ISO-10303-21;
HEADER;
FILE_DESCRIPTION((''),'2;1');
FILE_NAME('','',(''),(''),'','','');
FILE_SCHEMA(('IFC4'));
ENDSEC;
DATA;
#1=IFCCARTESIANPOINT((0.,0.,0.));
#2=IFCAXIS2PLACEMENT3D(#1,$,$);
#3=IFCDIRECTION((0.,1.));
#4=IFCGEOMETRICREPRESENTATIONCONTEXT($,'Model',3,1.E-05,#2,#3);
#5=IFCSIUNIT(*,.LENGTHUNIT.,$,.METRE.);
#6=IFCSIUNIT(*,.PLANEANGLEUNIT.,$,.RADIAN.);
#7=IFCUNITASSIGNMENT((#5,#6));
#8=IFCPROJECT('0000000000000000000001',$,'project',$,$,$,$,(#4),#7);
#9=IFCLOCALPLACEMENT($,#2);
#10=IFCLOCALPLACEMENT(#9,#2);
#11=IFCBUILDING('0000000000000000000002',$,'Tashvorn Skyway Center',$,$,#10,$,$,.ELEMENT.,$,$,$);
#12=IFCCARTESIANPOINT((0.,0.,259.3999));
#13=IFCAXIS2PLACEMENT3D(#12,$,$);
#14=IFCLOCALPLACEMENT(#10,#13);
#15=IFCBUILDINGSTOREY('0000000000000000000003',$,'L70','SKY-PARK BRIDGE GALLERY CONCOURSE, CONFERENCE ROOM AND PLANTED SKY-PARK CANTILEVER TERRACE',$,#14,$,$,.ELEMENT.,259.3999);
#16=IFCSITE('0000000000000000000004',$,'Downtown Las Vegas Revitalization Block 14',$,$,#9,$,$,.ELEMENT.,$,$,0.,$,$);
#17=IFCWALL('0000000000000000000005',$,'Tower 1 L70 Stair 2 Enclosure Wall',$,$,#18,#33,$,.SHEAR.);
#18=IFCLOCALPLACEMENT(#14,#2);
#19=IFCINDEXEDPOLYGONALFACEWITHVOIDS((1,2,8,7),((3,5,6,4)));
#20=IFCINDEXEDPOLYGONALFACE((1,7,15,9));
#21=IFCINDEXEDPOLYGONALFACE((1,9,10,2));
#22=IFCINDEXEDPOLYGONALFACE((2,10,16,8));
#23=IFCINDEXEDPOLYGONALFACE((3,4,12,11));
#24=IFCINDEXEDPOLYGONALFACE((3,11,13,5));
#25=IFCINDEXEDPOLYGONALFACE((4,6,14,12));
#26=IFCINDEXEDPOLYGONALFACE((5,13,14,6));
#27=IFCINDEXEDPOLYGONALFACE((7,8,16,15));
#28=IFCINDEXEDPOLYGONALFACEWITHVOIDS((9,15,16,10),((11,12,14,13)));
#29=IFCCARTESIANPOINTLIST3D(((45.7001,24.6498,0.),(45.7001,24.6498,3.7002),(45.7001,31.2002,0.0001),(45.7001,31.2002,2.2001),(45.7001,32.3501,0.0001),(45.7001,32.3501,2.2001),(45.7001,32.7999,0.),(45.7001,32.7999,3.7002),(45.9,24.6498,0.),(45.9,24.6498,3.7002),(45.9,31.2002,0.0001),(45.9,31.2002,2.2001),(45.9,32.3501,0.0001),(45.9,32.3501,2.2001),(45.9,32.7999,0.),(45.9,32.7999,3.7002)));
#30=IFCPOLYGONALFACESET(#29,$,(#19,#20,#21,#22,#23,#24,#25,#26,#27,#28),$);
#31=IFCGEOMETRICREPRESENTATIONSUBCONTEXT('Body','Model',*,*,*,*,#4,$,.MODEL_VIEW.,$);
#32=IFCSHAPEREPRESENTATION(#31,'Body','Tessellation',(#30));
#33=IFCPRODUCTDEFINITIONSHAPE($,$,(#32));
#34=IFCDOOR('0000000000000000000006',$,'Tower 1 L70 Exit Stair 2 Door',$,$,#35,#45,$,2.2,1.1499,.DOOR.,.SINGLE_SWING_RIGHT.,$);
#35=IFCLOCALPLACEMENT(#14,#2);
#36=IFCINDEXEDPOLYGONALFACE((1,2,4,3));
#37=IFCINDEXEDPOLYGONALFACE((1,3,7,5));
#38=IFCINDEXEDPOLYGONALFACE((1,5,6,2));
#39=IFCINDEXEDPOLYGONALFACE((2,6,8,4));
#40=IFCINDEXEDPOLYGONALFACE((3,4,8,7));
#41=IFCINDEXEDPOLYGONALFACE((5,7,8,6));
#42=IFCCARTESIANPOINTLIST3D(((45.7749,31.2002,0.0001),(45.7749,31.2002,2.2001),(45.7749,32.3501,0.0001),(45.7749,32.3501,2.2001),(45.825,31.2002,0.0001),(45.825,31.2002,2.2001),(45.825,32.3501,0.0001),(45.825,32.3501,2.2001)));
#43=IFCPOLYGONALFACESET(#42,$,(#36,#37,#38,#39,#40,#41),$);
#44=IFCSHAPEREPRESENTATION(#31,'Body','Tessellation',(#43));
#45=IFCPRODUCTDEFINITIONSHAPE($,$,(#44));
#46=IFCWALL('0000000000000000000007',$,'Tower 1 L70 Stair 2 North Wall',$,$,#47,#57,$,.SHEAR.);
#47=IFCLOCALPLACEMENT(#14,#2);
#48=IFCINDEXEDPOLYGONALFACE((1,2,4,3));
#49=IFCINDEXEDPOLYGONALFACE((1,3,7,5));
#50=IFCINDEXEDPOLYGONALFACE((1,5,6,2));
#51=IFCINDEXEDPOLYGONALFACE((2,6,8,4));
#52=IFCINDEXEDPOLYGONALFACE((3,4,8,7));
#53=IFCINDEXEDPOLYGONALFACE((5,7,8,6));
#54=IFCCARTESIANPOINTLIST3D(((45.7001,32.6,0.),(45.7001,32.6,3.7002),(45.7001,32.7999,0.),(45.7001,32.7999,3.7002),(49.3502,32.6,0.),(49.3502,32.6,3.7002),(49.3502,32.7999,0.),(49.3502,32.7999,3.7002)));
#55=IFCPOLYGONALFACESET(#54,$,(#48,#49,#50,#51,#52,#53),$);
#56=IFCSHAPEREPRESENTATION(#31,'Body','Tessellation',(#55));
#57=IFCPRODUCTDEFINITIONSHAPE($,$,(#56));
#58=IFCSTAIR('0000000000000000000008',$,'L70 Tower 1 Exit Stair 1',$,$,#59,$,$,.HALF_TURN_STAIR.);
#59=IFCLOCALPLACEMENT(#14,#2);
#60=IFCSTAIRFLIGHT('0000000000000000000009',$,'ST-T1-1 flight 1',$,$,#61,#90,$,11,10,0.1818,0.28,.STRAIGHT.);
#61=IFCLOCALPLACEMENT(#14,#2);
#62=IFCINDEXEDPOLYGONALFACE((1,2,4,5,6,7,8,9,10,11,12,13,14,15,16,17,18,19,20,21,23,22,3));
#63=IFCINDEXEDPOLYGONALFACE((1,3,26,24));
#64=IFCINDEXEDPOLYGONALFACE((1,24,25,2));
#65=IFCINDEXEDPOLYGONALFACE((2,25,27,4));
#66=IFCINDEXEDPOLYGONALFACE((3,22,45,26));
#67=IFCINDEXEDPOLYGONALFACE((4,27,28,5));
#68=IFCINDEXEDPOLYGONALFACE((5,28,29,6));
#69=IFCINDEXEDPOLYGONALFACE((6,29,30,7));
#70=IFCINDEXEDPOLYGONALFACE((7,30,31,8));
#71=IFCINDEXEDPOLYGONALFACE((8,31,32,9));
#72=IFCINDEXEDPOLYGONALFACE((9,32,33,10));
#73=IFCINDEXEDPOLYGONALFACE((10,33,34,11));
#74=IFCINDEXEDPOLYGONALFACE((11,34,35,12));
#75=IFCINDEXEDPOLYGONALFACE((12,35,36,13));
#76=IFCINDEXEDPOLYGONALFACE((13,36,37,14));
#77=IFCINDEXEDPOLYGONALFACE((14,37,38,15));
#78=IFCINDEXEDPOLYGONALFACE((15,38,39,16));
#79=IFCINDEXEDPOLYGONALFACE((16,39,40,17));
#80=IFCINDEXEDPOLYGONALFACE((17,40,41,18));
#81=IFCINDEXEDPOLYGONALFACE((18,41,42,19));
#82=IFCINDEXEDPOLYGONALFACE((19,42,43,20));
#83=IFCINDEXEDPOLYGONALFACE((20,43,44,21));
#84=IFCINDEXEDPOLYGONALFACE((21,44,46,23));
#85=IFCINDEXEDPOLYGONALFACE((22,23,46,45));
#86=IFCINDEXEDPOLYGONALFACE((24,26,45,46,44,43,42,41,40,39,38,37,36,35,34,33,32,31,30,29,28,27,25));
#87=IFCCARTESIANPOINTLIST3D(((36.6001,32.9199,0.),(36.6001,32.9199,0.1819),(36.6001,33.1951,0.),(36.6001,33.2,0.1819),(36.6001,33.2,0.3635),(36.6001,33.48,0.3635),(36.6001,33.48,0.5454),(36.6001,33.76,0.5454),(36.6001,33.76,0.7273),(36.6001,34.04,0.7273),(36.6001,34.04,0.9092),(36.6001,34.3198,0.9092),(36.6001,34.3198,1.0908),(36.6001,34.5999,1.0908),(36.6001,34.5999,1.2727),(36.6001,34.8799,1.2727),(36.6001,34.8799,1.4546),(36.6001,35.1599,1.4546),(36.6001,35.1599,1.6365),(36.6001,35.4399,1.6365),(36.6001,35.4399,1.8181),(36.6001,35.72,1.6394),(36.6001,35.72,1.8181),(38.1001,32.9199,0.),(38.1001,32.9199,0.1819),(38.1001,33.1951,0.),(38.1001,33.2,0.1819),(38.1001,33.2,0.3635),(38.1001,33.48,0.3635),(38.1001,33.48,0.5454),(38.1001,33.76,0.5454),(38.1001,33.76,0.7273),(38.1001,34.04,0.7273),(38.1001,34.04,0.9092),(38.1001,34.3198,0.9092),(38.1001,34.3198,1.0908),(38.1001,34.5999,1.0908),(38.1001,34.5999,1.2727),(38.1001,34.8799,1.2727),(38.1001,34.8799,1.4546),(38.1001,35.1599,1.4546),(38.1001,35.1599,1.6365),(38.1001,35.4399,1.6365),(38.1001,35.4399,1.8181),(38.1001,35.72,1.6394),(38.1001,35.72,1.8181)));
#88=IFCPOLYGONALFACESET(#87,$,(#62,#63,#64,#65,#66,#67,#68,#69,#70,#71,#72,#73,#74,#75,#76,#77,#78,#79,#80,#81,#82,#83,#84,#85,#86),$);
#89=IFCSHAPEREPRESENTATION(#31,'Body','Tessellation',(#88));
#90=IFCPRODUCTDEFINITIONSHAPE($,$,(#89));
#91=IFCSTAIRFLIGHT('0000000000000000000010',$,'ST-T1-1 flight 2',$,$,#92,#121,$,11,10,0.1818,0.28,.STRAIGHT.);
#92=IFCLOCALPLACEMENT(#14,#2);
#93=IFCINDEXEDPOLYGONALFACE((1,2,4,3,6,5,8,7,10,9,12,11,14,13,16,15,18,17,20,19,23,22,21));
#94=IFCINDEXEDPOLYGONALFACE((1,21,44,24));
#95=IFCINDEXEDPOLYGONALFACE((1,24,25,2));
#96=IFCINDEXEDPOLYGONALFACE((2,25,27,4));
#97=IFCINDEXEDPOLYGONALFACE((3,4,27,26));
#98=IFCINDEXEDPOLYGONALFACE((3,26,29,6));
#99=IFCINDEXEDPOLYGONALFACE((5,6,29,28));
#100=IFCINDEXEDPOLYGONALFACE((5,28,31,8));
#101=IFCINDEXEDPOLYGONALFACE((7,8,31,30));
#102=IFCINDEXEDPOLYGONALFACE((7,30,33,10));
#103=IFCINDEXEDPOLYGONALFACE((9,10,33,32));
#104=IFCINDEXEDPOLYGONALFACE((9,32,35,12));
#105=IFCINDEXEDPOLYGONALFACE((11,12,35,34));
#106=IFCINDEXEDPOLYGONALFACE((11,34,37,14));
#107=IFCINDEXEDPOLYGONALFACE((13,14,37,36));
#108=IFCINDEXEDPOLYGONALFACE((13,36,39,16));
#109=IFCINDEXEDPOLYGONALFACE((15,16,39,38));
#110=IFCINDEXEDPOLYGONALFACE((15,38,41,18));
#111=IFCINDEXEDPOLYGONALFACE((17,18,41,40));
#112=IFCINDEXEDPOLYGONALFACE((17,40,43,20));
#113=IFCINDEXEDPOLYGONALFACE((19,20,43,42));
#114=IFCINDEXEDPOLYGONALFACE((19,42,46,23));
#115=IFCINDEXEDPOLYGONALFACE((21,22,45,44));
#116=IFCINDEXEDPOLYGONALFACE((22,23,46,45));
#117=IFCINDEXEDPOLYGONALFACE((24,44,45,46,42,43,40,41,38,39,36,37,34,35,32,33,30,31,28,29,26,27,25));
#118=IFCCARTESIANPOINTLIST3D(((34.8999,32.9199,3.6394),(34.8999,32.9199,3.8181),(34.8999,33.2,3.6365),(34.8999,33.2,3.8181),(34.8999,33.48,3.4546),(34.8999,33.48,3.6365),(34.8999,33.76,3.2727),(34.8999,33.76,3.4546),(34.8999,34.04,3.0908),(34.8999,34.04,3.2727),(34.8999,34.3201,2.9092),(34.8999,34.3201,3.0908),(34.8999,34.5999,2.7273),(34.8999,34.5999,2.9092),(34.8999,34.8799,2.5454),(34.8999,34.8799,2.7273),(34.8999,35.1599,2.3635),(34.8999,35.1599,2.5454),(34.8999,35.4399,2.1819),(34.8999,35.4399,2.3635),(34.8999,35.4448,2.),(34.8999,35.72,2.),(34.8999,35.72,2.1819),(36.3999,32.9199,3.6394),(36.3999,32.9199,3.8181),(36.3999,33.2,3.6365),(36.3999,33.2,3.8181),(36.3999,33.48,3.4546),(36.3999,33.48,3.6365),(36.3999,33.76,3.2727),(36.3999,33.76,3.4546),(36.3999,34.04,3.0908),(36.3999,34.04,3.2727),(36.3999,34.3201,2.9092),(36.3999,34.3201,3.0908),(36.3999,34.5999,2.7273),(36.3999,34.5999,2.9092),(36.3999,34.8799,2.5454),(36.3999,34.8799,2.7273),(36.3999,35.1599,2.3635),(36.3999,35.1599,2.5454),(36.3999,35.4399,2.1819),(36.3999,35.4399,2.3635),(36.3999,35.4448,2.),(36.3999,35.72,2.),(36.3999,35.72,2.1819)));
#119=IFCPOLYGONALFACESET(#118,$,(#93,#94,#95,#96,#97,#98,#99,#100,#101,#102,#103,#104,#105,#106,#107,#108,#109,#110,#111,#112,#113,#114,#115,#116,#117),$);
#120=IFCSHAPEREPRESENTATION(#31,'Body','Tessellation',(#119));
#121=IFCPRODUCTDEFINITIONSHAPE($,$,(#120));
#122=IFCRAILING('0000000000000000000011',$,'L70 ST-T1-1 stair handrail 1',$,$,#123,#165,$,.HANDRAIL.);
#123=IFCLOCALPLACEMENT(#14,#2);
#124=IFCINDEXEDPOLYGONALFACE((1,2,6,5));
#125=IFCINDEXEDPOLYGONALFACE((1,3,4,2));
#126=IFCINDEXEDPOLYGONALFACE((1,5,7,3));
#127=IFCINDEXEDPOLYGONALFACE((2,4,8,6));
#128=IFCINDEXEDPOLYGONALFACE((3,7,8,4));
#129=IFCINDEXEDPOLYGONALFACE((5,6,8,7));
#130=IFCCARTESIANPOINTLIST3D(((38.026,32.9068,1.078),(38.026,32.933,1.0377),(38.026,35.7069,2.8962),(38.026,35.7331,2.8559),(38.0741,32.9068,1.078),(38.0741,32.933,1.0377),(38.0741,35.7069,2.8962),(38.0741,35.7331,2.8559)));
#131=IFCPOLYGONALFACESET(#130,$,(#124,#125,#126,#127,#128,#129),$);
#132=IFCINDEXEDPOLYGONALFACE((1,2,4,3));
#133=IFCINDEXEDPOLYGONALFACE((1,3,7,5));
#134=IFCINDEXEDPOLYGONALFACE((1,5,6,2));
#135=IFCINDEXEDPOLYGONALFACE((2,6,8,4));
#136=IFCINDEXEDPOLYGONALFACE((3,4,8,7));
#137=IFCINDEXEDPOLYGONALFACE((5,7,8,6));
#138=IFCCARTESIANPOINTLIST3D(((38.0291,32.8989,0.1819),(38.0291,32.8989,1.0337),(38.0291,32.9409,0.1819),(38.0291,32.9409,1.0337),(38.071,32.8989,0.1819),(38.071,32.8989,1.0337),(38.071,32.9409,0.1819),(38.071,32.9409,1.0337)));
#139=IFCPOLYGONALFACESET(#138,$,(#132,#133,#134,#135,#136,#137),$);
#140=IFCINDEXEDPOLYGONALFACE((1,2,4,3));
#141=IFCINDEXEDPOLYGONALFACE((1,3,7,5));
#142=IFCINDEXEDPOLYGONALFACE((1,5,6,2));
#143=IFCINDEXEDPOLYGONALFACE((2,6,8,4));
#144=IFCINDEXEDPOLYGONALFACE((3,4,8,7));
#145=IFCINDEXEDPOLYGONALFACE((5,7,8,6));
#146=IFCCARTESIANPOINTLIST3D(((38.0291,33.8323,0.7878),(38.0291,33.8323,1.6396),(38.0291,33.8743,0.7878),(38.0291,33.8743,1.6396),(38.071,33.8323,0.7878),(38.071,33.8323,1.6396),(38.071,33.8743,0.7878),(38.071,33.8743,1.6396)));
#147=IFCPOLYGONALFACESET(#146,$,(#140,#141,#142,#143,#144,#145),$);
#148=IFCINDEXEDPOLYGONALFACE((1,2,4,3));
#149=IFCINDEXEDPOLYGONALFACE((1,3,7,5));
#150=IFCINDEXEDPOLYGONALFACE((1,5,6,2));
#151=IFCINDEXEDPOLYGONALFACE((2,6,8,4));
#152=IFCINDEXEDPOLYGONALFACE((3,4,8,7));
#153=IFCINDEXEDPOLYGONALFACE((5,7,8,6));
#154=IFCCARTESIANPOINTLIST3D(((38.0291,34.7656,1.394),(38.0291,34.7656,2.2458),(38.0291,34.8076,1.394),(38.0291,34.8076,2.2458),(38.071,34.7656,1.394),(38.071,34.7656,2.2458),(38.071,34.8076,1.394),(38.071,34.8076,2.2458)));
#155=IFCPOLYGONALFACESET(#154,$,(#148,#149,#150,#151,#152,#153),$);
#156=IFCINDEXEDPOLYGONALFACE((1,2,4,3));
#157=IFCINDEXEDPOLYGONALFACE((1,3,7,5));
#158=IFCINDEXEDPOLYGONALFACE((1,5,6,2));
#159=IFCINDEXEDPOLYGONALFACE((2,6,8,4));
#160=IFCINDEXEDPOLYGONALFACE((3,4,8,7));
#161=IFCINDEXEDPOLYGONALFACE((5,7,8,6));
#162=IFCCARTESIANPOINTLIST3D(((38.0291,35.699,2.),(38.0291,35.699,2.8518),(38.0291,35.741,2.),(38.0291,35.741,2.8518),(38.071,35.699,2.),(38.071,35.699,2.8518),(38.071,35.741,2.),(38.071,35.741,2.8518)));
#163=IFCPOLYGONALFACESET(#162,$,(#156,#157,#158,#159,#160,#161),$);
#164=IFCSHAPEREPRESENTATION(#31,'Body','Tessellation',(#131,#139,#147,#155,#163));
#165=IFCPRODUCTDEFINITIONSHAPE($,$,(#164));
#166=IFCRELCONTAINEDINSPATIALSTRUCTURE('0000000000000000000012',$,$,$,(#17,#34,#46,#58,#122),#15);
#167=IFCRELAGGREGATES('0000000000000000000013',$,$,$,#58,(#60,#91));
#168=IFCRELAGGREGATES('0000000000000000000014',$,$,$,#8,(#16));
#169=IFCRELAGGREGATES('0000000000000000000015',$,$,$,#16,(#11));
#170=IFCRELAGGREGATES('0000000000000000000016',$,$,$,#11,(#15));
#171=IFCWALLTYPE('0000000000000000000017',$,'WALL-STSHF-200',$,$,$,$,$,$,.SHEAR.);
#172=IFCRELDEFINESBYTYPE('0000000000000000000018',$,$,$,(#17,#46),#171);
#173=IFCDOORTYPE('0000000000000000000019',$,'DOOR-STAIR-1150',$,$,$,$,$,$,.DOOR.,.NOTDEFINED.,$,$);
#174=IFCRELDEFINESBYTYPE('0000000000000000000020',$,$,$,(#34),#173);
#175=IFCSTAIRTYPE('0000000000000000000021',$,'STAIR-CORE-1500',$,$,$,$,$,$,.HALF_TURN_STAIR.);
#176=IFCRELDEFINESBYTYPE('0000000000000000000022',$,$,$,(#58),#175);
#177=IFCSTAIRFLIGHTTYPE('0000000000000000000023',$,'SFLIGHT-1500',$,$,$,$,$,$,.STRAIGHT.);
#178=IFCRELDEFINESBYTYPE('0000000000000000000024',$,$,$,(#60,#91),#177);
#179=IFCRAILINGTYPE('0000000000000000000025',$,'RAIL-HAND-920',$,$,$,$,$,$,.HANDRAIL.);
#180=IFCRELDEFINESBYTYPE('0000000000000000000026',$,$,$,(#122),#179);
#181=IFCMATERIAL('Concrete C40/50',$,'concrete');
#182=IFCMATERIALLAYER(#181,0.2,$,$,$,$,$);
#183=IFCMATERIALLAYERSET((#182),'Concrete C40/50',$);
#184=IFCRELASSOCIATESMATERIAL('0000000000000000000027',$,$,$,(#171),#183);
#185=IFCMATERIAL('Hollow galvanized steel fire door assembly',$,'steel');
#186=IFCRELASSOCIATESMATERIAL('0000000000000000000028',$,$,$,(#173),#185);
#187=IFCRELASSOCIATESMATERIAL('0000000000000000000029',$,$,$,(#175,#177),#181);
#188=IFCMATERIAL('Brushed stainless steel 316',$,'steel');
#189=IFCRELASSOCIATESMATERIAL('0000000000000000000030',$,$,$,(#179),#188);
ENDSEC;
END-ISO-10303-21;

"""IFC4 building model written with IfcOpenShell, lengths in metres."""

from ifc_helpers import new_model, si_unit, direction, frame, frame_2d, origin, origin_2d, place, context, subcontext, project, spatial, polyline, rectangle, outline, extrude, material, layer, layer_set, type_object, element, fill, aggregate, save


model = new_model("IFC4")

# Units and contexts
model_context = context("Model", 3, precision=1e-05, world=origin(), true_north=direction((0.0, 1.0)))
body_context = subcontext(model_context, "Body", "Model", "MODEL_VIEW")
ifc_project = project(units=[si_unit("LENGTHUNIT", "METRE"), si_unit("PLANEANGLEUNIT", "RADIAN")], contexts=[model_context])

# Site, building, storey
site_placement = place(None, origin())
site = spatial("IfcSite", under=ifc_project, at=site_placement, Name="Downtown Las Vegas Revitalization Block 14", CompositionType="ELEMENT", RefElevation=0.0)
building_placement = place(site_placement, origin())
building = spatial("IfcBuilding", under=site, at=building_placement, Name="Tashvorn Skyway Center", CompositionType="ELEMENT")
storey_placement = place(building_placement, frame((0.0, 0.0, 259.3999)))
storey = spatial("IfcBuildingStorey", under=building, at=storey_placement, Name="L70", Description="SKY-PARK BRIDGE GALLERY CONCOURSE, CONFERENCE ROOM AND PLANTED SKY-PARK CANTILEVER TERRACE", CompositionType="ELEMENT", Elevation=259.3999)

# Shared definitions
ifc_material_1 = material(Name="Concrete C40/50", Category="concrete")
ifc_material_2 = material(Name="Hollow galvanized steel fire door assembly", Category="steel")

# Wall, opening, door
ifc_layer_1 = layer(ifc_material_1, 0.2)
ifc_layer_set_1 = layer_set([ifc_layer_1], Name="Concrete C40/50")
wall_type_1 = type_object("IfcWallType", Name="WALL-STSHF-200", PredefinedType="SHEAR", material=ifc_layer_set_1)
wall_1_placement = place(storey_placement, frame((45.8, 32.8, 0.0), z_axis=(0.0, 0.0, 1.0), x_axis=(0.0, -1.0, 0.0)))
wall_1 = element("IfcWall", 1, at=wall_1_placement, inside=storey, type_object=wall_type_1, Name="Tower 1 L70 Stair 2 Enclosure Wall", PredefinedType="SHEAR", context=body_context, shape_type="SweptSolid", body=[
    extrude(rectangle(XDim=8.1501, YDim=0.2, at=frame_2d((4.0752, 0.0))), origin(), (0.0, 0.0, 1.0), 3.7002),
])
opening_1_placement = place(wall_1_placement, frame((0.45, 0.0, 0.0)))
opening_1 = element("IfcOpeningElement", 2, at=opening_1_placement, cuts=wall_1, PredefinedType="OPENING", context=body_context, shape_type="SweptSolid", body=[
    extrude(rectangle(XDim=1.1499, YDim=2.2, at=frame_2d((0.575, 1.1001))), frame((0.0, 0.1099, 0.0), z_axis=(0.0, -1.0, 0.0), x_axis=(1.0, 0.0, 0.0)), (0.0, 0.0, 1.0), 0.22),
])
door_type_1 = type_object("IfcDoorType", Name="DOOR-STAIR-1150", OperationType="NOTDEFINED", PredefinedType="DOOR", material=ifc_material_2)
door_1_placement = place(opening_1_placement, origin())
door_1 = element("IfcDoor", 3, at=door_1_placement, inside=storey, type_object=door_type_1, Name="Tower 1 L70 Exit Stair 2 Door", OperationType="SINGLE_SWING_RIGHT", OverallHeight=2.2, OverallWidth=1.1499, PredefinedType="DOOR", context=body_context, shape_type="SweptSolid", body=[
    extrude(rectangle(XDim=1.1499, YDim=2.2, at=frame_2d((0.575, 1.1001))), frame((0.0, 0.0249, 0.0), z_axis=(0.0, -1.0, 0.0), x_axis=(1.0, 0.0, 0.0)), (0.0, 0.0, 1.0), 0.05),
])
fill(opening_1, door_1)

# Wall
wall_2_placement = place(storey_placement, frame((45.7, 32.7, 0.0), z_axis=(0.0, 0.0, 1.0), x_axis=(1.0, 0.0, 0.0)))
element("IfcWall", 4, at=wall_2_placement, inside=storey, type_object=wall_type_1, Name="Tower 1 L70 Stair 2 North Wall", PredefinedType="SHEAR", context=body_context, shape_type="SweptSolid", body=[
    extrude(rectangle(XDim=3.6501, YDim=0.2, at=frame_2d((1.8252, 0.0))), origin(), (0.0, 0.0, 1.0), 3.7002),
])

# Stair, stair flights
stair_type = type_object("IfcStairType", Name="STAIR-CORE-1500", PredefinedType="HALF_TURN_STAIR", material=ifc_material_1)
stair_placement = place(storey_placement, origin())
stair = element("IfcStair", 5, at=stair_placement, inside=storey, type_object=stair_type, Name="L70 Tower 1 Exit Stair 1", PredefinedType="HALF_TURN_STAIR")
stair_flight_type = type_object("IfcStairFlightType", Name="SFLIGHT-1500", PredefinedType="STRAIGHT", material=ifc_material_1)
stair_flight_1_placement = place(storey_placement, frame((37.3501, 32.9199, 0.0), z_axis=(0.0, 0.0, 1.0), x_axis=(0.0, 1.0, 0.0)))
stair_flight_1 = element("IfcStairFlight", 6, at=stair_flight_1_placement, type_object=stair_flight_type, Name="ST-T1-1 flight 1", NumberOfRisers=11, NumberOfTreads=10, PredefinedType="STRAIGHT", RiserHeight=0.1818, TreadLength=0.28, context=body_context, shape_type="SweptSolid", body=[
    extrude(outline(polyline([(0.0, 0.0), (0.0, 0.1819), (0.28, 0.1819), (0.28, 0.3635), (0.5601, 0.3635), (0.5601, 0.5454), (0.8401, 0.5454), (0.8401, 0.7273), (1.1201, 0.7273), (1.1201, 0.9092), (1.3999, 0.9092), (1.3999, 1.0908), (1.6799, 1.0908), (1.6799, 1.2727), (1.96, 1.2727), (1.96, 1.4546), (2.24, 1.4546), (2.24, 1.6365), (2.52, 1.6365), (2.52, 1.8181), (2.8, 1.8181), (2.8, 2.0), (2.8, 1.6394), (0.2751, 0.0), (0.0, 0.0)])), frame((0.0, 0.75, 0.0), z_axis=(0.0, -1.0, 0.0), x_axis=(1.0, 0.0, 0.0)), (0.0, 0.0, 1.0), 1.5),
])
stair_flight_2_placement = place(storey_placement, frame((35.6499, 35.72, 2.0), z_axis=(0.0, 0.0, 1.0), x_axis=(0.0, -1.0, 0.0)))
stair_flight_2 = element("IfcStairFlight", 7, at=stair_flight_2_placement, type_object=stair_flight_type, Name="ST-T1-1 flight 2", NumberOfRisers=11, NumberOfTreads=10, PredefinedType="STRAIGHT", RiserHeight=0.1818, TreadLength=0.28, context=body_context, shape_type="SweptSolid", body=[
    extrude(outline(polyline([(0.0, 0.0), (0.0, 0.1819), (0.28, 0.1819), (0.28, 0.3635), (0.5601, 0.3635), (0.5601, 0.5454), (0.8401, 0.5454), (0.8401, 0.7273), (1.1201, 0.7273), (1.1201, 0.9092), (1.3999, 0.9092), (1.3999, 1.0908), (1.6799, 1.0908), (1.6799, 1.2727), (1.96, 1.2727), (1.96, 1.4546), (2.24, 1.4546), (2.24, 1.6365), (2.52, 1.6365), (2.52, 1.8181), (2.8, 1.8181), (2.8, 2.0), (2.8, 1.6394), (0.2751, 0.0), (0.0, 0.0)])), frame((0.0, 0.75, 0.0), z_axis=(0.0, -1.0, 0.0), x_axis=(1.0, 0.0, 0.0)), (0.0, 0.0, 1.0), 1.5),
])
aggregate(stair, [stair_flight_1, stair_flight_2])

# Railing
ifc_material_3 = material(Name="Brushed stainless steel 316", Category="steel")
railing_type_1 = type_object("IfcRailingType", Name="RAIL-HAND-920", PredefinedType="HANDRAIL", material=ifc_material_3)
railing_1_placement = place(storey_placement, frame((38.05, 32.9199, 0.1819)))
element("IfcRailing", 8, at=railing_1_placement, inside=storey, type_object=railing_type_1, Name="L70 ST-T1-1 stair handrail 1", PredefinedType="HANDRAIL", context=body_context, shape_type="SweptSolid", body=[
    extrude(rectangle(XDim=0.0481, YDim=0.0481, at=origin_2d()), frame((0.0, 0.0, 0.876), z_axis=(0.0, 0.838706, 0.544585), x_axis=(-1.0, 0.0, 0.0)), (0.0, 0.0, 1.0), 3.3386),
    extrude(rectangle(XDim=0.042, YDim=0.042, at=origin_2d()), origin(), (0.0, 0.0, 1.0), 0.8518),
    extrude(rectangle(XDim=0.042, YDim=0.042, at=origin_2d()), frame((0.0, 0.9333, 0.606)), (0.0, 0.0, 1.0), 0.8518),
    extrude(rectangle(XDim=0.042, YDim=0.042, at=origin_2d()), frame((0.0, 1.8667, 1.2122)), (0.0, 0.0, 1.0), 0.8518),
    extrude(rectangle(XDim=0.042, YDim=0.042, at=origin_2d()), frame((0.0, 2.8, 1.8181)), (0.0, 0.0, 1.0), 0.8518),
])

save(model, "model.ifc")
